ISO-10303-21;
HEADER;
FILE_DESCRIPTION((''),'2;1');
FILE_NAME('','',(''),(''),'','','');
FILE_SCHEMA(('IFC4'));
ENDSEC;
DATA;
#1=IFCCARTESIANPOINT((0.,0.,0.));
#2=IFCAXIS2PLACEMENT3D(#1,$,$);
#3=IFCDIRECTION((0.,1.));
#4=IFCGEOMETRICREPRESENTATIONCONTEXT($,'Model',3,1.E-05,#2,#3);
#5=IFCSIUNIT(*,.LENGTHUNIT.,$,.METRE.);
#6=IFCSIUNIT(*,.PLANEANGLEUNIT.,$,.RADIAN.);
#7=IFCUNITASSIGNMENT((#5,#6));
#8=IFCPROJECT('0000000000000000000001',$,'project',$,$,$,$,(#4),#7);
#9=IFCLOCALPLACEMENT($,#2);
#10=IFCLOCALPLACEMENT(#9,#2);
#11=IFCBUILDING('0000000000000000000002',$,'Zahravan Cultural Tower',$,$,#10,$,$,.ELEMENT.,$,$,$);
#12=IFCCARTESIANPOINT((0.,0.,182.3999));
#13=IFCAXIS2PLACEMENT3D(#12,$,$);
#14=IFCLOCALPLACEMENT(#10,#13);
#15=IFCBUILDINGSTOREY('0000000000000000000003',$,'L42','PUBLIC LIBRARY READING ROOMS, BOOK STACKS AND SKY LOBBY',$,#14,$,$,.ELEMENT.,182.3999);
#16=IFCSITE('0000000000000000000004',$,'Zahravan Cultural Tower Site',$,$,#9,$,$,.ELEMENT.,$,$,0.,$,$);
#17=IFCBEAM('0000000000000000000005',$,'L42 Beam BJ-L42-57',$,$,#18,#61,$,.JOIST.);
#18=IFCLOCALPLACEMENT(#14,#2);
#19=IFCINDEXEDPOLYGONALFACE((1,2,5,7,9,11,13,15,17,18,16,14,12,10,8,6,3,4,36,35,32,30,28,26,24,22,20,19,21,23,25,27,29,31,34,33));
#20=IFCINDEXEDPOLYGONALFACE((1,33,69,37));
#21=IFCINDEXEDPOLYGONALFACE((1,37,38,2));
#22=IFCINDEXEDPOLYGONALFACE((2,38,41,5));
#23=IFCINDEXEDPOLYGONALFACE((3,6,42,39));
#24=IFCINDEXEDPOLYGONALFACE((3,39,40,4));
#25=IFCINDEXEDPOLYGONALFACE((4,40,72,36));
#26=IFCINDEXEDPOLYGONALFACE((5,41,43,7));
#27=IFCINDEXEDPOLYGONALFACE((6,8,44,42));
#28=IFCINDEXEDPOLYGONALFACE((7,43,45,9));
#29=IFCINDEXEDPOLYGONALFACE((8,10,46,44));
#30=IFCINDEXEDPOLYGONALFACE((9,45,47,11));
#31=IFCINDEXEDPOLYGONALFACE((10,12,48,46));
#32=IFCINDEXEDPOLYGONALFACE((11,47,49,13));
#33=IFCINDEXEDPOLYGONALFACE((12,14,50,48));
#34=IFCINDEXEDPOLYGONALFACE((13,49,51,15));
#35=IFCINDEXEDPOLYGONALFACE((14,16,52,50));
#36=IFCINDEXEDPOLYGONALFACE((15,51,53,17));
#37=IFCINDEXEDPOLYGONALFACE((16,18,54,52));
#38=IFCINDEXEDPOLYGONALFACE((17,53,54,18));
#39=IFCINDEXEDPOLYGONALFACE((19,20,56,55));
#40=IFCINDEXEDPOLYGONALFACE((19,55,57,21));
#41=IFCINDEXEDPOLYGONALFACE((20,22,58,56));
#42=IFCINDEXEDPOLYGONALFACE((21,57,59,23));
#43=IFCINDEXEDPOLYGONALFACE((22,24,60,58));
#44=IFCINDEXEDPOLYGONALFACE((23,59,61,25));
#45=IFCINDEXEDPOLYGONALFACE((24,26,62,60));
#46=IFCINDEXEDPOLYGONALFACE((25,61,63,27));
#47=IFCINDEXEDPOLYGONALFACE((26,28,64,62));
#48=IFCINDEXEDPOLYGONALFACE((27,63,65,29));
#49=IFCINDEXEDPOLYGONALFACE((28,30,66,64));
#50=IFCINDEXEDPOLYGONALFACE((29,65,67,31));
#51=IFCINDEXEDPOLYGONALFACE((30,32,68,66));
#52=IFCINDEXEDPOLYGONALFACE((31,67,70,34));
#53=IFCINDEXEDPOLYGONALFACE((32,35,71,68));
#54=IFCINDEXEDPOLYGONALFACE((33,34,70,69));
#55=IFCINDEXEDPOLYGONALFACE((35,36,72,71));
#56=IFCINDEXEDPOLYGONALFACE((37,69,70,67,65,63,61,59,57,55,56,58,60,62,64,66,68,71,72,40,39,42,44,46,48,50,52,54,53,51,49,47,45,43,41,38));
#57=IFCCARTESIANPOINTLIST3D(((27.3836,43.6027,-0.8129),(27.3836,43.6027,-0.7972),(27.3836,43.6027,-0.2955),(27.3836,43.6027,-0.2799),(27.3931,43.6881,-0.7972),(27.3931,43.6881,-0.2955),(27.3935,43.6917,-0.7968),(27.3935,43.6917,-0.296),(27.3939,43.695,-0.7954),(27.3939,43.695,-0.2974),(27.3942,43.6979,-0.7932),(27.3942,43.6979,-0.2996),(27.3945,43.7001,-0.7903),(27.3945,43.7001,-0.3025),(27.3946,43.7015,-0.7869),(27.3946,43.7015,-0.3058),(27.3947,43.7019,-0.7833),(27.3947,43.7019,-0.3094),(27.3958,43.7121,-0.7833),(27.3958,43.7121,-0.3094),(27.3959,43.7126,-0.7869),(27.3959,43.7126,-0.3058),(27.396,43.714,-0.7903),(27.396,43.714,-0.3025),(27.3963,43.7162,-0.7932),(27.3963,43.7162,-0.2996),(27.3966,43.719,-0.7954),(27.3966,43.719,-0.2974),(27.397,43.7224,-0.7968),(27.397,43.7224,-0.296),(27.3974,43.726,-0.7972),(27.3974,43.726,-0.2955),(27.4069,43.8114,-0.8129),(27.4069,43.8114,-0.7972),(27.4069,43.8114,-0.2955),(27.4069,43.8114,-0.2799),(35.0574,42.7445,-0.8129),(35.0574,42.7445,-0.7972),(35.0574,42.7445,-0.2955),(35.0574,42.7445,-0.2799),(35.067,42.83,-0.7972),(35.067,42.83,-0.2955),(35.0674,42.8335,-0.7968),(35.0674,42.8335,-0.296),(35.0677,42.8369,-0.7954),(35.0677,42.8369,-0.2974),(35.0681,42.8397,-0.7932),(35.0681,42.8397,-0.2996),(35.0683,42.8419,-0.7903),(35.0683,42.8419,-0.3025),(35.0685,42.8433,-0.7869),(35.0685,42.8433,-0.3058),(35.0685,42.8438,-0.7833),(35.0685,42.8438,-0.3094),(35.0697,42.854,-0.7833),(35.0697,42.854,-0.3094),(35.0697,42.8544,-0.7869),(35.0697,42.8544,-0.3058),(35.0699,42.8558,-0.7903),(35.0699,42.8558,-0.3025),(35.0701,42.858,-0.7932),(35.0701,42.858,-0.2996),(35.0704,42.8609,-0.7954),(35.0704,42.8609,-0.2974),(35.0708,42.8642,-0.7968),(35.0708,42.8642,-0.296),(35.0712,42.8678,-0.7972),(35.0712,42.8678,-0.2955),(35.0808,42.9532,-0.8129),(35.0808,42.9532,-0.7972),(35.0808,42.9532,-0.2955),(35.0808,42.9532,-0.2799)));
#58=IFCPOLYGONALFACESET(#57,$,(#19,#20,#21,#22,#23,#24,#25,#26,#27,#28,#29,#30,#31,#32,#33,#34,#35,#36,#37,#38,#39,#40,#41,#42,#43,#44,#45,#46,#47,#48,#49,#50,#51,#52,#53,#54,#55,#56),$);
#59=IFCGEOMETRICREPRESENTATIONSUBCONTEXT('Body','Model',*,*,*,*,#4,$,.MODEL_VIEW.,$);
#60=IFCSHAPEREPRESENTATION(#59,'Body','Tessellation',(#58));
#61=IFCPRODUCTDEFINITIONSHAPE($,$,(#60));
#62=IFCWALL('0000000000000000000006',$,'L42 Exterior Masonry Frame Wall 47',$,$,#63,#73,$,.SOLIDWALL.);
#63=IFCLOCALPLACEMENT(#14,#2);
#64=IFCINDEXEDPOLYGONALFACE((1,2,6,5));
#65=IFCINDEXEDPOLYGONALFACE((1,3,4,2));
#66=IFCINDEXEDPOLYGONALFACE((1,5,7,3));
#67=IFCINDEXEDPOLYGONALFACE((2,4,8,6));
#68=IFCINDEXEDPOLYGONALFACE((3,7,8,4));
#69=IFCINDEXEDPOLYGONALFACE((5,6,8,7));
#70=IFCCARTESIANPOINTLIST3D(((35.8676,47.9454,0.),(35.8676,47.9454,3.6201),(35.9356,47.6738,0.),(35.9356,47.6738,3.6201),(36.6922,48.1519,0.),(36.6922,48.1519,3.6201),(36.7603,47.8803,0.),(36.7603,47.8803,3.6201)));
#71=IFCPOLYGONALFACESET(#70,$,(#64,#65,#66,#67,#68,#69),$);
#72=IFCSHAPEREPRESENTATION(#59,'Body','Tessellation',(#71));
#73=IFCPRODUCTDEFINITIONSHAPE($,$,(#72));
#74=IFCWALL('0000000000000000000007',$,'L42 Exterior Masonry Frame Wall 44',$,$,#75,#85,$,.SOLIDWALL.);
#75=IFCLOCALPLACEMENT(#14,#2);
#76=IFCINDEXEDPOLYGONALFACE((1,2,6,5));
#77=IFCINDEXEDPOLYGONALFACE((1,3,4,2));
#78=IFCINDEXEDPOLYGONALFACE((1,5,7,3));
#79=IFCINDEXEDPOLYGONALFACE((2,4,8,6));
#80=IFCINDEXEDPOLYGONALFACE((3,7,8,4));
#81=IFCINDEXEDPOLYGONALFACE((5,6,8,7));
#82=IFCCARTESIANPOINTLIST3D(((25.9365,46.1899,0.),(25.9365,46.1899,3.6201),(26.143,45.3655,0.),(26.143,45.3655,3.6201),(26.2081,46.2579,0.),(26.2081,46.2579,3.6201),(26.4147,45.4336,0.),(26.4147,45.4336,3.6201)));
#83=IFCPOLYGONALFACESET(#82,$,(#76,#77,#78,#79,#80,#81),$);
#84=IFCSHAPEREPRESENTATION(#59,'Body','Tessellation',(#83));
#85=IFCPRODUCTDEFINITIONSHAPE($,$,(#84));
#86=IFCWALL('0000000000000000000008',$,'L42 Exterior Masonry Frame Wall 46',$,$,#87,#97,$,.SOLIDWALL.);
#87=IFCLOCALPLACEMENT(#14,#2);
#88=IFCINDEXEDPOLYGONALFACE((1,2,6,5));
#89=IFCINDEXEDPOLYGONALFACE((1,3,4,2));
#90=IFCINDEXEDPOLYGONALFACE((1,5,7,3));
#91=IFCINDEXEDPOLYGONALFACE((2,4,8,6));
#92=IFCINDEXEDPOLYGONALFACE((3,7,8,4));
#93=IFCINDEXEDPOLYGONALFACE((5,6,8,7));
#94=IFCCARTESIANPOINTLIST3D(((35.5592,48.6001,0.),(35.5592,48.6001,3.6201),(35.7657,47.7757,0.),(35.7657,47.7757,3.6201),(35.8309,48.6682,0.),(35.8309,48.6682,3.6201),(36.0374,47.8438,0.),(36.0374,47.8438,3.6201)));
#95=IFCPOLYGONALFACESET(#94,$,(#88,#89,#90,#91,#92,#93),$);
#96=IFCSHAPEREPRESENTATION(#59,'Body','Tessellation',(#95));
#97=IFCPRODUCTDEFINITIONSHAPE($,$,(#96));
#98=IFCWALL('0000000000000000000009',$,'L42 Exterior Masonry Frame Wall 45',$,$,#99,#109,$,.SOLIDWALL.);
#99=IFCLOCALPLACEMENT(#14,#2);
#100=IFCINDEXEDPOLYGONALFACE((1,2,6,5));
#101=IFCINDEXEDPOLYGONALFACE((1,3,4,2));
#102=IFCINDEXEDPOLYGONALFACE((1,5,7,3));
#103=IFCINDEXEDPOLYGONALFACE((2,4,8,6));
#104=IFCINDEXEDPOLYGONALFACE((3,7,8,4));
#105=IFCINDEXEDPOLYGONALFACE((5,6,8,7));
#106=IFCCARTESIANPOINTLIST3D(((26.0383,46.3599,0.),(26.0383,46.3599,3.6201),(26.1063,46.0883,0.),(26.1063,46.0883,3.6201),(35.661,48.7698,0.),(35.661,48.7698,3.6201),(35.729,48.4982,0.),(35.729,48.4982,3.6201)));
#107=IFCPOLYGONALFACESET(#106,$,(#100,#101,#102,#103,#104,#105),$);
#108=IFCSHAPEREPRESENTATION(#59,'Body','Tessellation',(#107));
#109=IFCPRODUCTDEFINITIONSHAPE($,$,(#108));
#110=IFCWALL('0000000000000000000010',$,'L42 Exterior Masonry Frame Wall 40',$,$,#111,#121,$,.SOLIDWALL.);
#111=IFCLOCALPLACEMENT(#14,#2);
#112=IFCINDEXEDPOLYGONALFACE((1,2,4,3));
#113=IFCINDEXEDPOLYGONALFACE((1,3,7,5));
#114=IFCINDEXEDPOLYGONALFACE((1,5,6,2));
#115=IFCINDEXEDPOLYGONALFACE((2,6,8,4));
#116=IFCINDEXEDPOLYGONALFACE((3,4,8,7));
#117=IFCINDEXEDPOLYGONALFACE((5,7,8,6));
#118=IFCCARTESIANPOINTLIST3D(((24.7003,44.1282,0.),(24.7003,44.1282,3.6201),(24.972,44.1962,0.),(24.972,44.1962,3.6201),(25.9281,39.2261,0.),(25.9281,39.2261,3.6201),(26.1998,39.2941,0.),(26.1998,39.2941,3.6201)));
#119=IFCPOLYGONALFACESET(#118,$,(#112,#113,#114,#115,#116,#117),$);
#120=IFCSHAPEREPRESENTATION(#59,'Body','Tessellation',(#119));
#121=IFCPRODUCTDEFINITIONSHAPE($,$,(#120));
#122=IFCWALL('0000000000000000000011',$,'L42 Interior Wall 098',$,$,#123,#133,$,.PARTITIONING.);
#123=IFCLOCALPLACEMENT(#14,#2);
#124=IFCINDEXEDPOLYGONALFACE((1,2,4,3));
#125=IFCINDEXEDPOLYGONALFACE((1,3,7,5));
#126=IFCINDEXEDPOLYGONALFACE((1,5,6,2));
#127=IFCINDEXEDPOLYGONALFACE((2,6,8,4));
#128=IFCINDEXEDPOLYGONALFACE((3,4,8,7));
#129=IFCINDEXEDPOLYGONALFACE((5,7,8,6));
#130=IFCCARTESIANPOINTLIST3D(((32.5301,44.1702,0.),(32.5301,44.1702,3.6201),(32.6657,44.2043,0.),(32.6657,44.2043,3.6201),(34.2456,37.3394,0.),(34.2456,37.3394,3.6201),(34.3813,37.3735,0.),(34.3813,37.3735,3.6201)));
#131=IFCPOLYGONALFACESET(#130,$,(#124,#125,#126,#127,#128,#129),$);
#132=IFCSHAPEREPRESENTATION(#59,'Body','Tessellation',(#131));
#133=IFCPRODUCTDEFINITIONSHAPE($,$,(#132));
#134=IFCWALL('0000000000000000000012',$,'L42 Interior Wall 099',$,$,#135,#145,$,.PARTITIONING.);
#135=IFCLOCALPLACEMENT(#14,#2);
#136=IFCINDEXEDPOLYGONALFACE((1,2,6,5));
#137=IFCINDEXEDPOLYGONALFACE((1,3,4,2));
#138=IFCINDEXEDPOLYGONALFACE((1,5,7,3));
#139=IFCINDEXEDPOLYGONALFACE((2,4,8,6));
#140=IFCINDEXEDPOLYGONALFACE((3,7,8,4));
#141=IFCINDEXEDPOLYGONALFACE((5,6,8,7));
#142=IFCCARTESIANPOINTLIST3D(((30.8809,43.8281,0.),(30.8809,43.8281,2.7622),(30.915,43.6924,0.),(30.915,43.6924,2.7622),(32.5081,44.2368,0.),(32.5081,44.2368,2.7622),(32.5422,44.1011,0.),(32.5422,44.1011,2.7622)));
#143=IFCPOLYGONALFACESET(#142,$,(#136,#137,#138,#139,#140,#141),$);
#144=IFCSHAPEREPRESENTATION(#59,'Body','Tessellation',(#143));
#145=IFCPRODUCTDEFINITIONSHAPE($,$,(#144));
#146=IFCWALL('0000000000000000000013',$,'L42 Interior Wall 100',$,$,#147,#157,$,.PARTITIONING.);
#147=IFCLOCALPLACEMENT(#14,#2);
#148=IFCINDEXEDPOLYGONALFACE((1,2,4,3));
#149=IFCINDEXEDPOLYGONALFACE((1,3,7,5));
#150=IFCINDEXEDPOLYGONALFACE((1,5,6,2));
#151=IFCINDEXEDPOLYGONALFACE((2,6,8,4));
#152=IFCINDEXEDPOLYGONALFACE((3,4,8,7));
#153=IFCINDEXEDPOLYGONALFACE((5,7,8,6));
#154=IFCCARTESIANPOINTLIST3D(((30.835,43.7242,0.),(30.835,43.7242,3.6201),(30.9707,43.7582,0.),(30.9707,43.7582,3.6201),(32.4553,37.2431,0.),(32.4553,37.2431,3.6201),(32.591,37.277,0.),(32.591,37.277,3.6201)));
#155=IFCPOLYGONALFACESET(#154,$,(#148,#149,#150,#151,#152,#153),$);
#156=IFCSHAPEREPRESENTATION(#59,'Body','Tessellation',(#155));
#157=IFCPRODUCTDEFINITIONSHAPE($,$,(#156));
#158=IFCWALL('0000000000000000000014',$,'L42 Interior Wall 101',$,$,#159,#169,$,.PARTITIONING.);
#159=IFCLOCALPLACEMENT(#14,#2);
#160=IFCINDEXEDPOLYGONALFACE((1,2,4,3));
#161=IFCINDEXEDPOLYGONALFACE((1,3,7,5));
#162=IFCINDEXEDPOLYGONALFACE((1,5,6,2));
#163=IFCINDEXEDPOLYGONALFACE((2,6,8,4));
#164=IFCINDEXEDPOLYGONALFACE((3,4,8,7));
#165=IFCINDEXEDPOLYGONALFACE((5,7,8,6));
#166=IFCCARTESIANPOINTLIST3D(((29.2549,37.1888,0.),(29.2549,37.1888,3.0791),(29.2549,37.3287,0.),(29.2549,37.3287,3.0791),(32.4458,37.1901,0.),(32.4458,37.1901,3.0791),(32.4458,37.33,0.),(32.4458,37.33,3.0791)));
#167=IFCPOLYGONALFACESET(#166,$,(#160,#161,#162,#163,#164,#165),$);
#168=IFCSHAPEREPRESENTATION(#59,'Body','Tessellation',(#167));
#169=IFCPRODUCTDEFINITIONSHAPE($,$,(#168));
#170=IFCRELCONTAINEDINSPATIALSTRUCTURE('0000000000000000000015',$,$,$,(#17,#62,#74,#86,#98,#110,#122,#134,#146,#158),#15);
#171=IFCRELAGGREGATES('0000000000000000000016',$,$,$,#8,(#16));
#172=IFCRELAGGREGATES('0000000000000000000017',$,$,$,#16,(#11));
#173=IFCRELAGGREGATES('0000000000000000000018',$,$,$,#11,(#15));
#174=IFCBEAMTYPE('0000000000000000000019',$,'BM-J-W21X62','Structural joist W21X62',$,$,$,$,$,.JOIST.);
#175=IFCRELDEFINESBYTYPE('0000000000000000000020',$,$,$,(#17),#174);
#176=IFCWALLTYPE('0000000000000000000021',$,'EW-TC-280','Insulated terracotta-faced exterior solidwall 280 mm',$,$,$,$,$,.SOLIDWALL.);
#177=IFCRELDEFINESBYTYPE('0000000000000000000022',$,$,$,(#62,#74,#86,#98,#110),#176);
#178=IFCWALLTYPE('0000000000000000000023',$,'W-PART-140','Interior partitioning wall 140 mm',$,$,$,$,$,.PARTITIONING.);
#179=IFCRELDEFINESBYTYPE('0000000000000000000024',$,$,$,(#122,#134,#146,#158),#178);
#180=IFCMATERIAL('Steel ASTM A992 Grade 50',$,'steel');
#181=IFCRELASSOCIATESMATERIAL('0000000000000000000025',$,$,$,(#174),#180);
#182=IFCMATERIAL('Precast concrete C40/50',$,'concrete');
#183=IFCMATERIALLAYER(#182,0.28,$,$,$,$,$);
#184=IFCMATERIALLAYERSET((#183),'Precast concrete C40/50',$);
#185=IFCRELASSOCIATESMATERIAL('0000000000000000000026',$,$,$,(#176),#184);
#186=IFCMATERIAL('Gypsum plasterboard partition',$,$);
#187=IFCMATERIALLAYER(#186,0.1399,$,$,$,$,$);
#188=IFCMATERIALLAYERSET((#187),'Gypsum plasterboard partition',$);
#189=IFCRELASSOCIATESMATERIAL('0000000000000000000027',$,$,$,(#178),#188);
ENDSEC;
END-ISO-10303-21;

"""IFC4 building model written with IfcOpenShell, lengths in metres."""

from ifc_helpers import new_model, si_unit, direction, frame, frame_2d, origin, origin_2d, place, context, subcontext, project, spatial, rectangle, i_section, extrude, source, transform, mapped, material, layer, layer_set, material_profile, profile_set, type_object, element, save


model = new_model("IFC4")

# Units and contexts
model_context = context("Model", 3, precision=1e-05, world=origin(), true_north=direction((0.0, 1.0)))
body_context = subcontext(model_context, "Body", "Model", "MODEL_VIEW")
ifc_project = project(units=[si_unit("LENGTHUNIT", "METRE"), si_unit("PLANEANGLEUNIT", "RADIAN")], contexts=[model_context])

# Site, building, storey
site_placement = place(None, origin())
site = spatial("IfcSite", under=ifc_project, at=site_placement, Name="Zahravan Cultural Tower Site", CompositionType="ELEMENT", RefElevation=0.0)
building_placement = place(site_placement, origin())
building = spatial("IfcBuilding", under=site, at=building_placement, Name="Zahravan Cultural Tower", CompositionType="ELEMENT")
storey_placement = place(building_placement, frame((0.0, 0.0, 182.3999)))
storey = spatial("IfcBuildingStorey", under=building, at=storey_placement, Name="L42", Description="PUBLIC LIBRARY READING ROOMS, BOOK STACKS AND SKY LOBBY", CompositionType="ELEMENT", Elevation=182.3999)

# Shared definitions
ifc_material_1 = material(Name="Steel ASTM A992 Grade 50", Category="steel")

# Beam
ifc_material_profile_1 = material_profile(ifc_material_1, i_section(OverallWidth=0.21, OverallDepth=0.533, WebThickness=0.0103, FlangeThickness=0.0156, FilletRadius=0.0139, at=origin_2d()), Name="W21X62")
ifc_profile_set_1 = profile_set([ifc_material_profile_1], Name="Steel ASTM A992 Grade 50")
beam_type_1 = type_object("IfcBeamType", Name="BM-J-W21X62", Description="Structural joist W21X62", PredefinedType="JOIST", material=ifc_profile_set_1)
shared_shape_1 = source(origin(), body_context, "Body", "SweptSolid", [
    extrude(i_section(OverallWidth=0.21, OverallDepth=0.533, WebThickness=0.0103, FlangeThickness=0.0156, FilletRadius=0.0139, at=origin_2d()), origin(), (0.0, 0.0, 1.0), 7.7217),
])
beam_1_placement = place(storey_placement, frame((35.0691, 42.8489, -0.5464), z_axis=(-0.993805, 0.111136, 0.0), x_axis=(-0.111136, -0.993805, 0.0)))
element("IfcBeam", 1, at=beam_1_placement, inside=storey, type_object=beam_type_1, Name="L42 Beam BJ-L42-57", PredefinedType="JOIST", context=body_context, shape_type="MappedRepresentation", body=[
    mapped(shared_shape_1, transform((0.0, 0.0, 0.0), x_axis=(1.0, 0.0, 0.0), y_axis=(0.0, 1.0, 0.0), z_axis=(0.0, 0.0, 1.0), scale=1.0)),
])

# Walls
ifc_material_2 = material(Name="Precast concrete C40/50", Category="concrete")
ifc_layer_1 = layer(ifc_material_2, 0.28)
ifc_layer_set_1 = layer_set([ifc_layer_1], Name="Precast concrete C40/50")
wall_type_1 = type_object("IfcWallType", Name="EW-TC-280", Description="Insulated terracotta-faced exterior solidwall 280 mm", PredefinedType="SOLIDWALL", material=ifc_layer_set_1)
shared_shape_2 = source(origin(), body_context, "Body", "SweptSolid", [
    extrude(rectangle(XDim=0.8501, YDim=0.28, at=frame_2d((0.425, 0.0))), origin(), (0.0, 0.0, 1.0), 3.6201),
])
wall_1_placement = place(storey_placement, frame((35.9016, 47.8096, 0.0), z_axis=(0.0, 0.0, 1.0), x_axis=(0.970041, 0.242941, 0.0)))
element("IfcWall", 2, at=wall_1_placement, inside=storey, type_object=wall_type_1, Name="L42 Exterior Masonry Frame Wall 47", PredefinedType="SOLIDWALL", context=body_context, shape_type="MappedRepresentation", body=[
    mapped(shared_shape_2, transform((0.0, 0.0, 0.0), x_axis=(1.0, 0.0, 0.0), y_axis=(0.0, 1.0, 0.0), z_axis=(0.0, 0.0, 1.0), scale=1.0)),
])
shared_shape_3 = source(origin(), body_context, "Body", "SweptSolid", [
    extrude(rectangle(XDim=0.8499, YDim=0.28, at=frame_2d((0.4248, 0.0))), origin(), (0.0, 0.0, 1.0), 3.6201),
])
for number, where, z_axis, x_axis, name in (
    (3, (26.2788, 45.3997, 0.0), (0.0, 0.0, 1.0), (-0.243009, 0.970024, 0.0), "L42 Exterior Masonry Frame Wall 44"),
    (4, (35.6951, 48.634, 0.0), (0.0, 0.0, 1.0), (0.243009, -0.970024, 0.0), "L42 Exterior Masonry Frame Wall 46"),
):
    element("IfcWall", number, at=place(storey_placement, frame(where, z_axis=z_axis, x_axis=x_axis)), inside=storey, type_object=wall_type_1, Name=name, PredefinedType="SOLIDWALL", context=body_context, shape_type="MappedRepresentation", body=[
        mapped(shared_shape_3, transform((0.0, 0.0, 0.0), x_axis=(1.0, 0.0, 0.0), y_axis=(0.0, 1.0, 0.0), z_axis=(0.0, 0.0, 1.0), scale=1.0)),
    ])
shared_shape_4 = source(origin(), body_context, "Body", "SweptSolid", [
    extrude(rectangle(XDim=9.9199, YDim=0.28, at=frame_2d((4.96, 0.0))), origin(), (0.0, 0.0, 1.0), 3.6201),
])
wall_2_placement = place(storey_placement, frame((26.0723, 46.2241, 0.0), z_axis=(0.0, 0.0, 1.0), x_axis=(0.970043, 0.242935, 0.0)))
element("IfcWall", 5, at=wall_2_placement, inside=storey, type_object=wall_type_1, Name="L42 Exterior Masonry Frame Wall 45", PredefinedType="SOLIDWALL", context=body_context, shape_type="MappedRepresentation", body=[
    mapped(shared_shape_4, transform((0.0, 0.0, 0.0), x_axis=(1.0, 0.0, 0.0), y_axis=(0.0, 1.0, 0.0), z_axis=(0.0, 0.0, 1.0), scale=1.0)),
])
shared_shape_5 = source(origin(), body_context, "Body", "SweptSolid", [
    extrude(rectangle(XDim=5.0535, YDim=0.28, at=frame_2d((2.5269, 0.0))), origin(), (0.0, 0.0, 1.0), 3.6201),
])
wall_3_placement = place(storey_placement, frame((26.064, 39.26, 0.0), z_axis=(0.0, 0.0, 1.0), x_axis=(-0.242956, 0.970037, 0.0)))
element("IfcWall", 6, at=wall_3_placement, inside=storey, type_object=wall_type_1, Name="L42 Exterior Masonry Frame Wall 40", PredefinedType="SOLIDWALL", context=body_context, shape_type="MappedRepresentation", body=[
    mapped(shared_shape_5, transform((0.0, 0.0, 0.0), x_axis=(1.0, 0.0, 0.0), y_axis=(0.0, 1.0, 0.0), z_axis=(0.0, 0.0, 1.0), scale=1.0)),
])
ifc_material_3 = material(Name="Gypsum plasterboard partition")
ifc_layer_2 = layer(ifc_material_3, 0.1399)
ifc_layer_set_2 = layer_set([ifc_layer_2], Name="Gypsum plasterboard partition")
wall_type_2 = type_object("IfcWallType", Name="W-PART-140", Description="Interior partitioning wall 140 mm", PredefinedType="PARTITIONING", material=ifc_layer_set_2)
shared_shape_6 = source(origin(), body_context, "Body", "SweptSolid", [
    extrude(rectangle(XDim=7.043, YDim=0.1399, at=frame_2d((3.5215, 0.0))), origin(), (0.0, 0.0, 1.0), 3.6201),
])
wall_4_placement = place(storey_placement, frame((34.3135, 37.3564, 0.0), z_axis=(0.0, 0.0, 1.0), x_axis=(-0.243588, 0.969879, 0.0)))
element("IfcWall", 7, at=wall_4_placement, inside=storey, type_object=wall_type_2, Name="L42 Interior Wall 098", PredefinedType="PARTITIONING", context=body_context, shape_type="MappedRepresentation", body=[
    mapped(shared_shape_6, transform((0.0, 0.0, 0.0), x_axis=(1.0, 0.0, 0.0), y_axis=(0.0, 1.0, 0.0), z_axis=(0.0, 0.0, 1.0), scale=1.0)),
])
shared_shape_7 = source(origin(), body_context, "Body", "SweptSolid", [
    extrude(rectangle(XDim=1.6777, YDim=0.1399, at=frame_2d((0.8389, 0.0))), origin(), (0.0, 0.0, 1.0), 2.7622),
])
wall_5_placement = place(storey_placement, frame((32.5251, 44.1689, 0.0), z_axis=(0.0, 0.0, 1.0), x_axis=(-0.969877, -0.243597, 0.0)))
element("IfcWall", 8, at=wall_5_placement, inside=storey, type_object=wall_type_2, Name="L42 Interior Wall 099", PredefinedType="PARTITIONING", context=body_context, shape_type="MappedRepresentation", body=[
    mapped(shared_shape_7, transform((0.0, 0.0, 0.0), x_axis=(1.0, 0.0, 0.0), y_axis=(0.0, 1.0, 0.0), z_axis=(0.0, 0.0, 1.0), scale=1.0)),
])
shared_shape_8 = source(origin(), body_context, "Body", "SweptSolid", [
    extrude(rectangle(XDim=6.6807, YDim=0.1399, at=frame_2d((3.3403, 0.0))), origin(), (0.0, 0.0, 1.0), 3.6201),
])
wall_6_placement = place(storey_placement, frame((30.9028, 43.7412, 0.0), z_axis=(0.0, 0.0, 1.0), x_axis=(0.242544, -0.97014, 0.0)))
element("IfcWall", 9, at=wall_6_placement, inside=storey, type_object=wall_type_2, Name="L42 Interior Wall 100", PredefinedType="PARTITIONING", context=body_context, shape_type="MappedRepresentation", body=[
    mapped(shared_shape_8, transform((0.0, 0.0, 0.0), x_axis=(1.0, 0.0, 0.0), y_axis=(0.0, 1.0, 0.0), z_axis=(0.0, 0.0, 1.0), scale=1.0)),
])
shared_shape_9 = source(origin(), body_context, "Body", "SweptSolid", [
    extrude(rectangle(XDim=3.1909, YDim=0.1399, at=frame_2d((1.5955, 0.0))), origin(), (0.0, 0.0, 1.0), 3.0791),
])
wall_7_placement = place(storey_placement, frame((32.4458, 37.26, 0.0), z_axis=(0.0, 0.0, 1.0), x_axis=(-1.0, -0.000383, 0.0)))
element("IfcWall", 10, at=wall_7_placement, inside=storey, type_object=wall_type_2, Name="L42 Interior Wall 101", PredefinedType="PARTITIONING", context=body_context, shape_type="MappedRepresentation", body=[
    mapped(shared_shape_9, transform((0.0, 0.0, 0.0), x_axis=(1.0, 0.0, 0.0), y_axis=(0.0, 1.0, 0.0), z_axis=(0.0, 0.0, 1.0), scale=1.0)),
])

save(model, "model.ifc")
